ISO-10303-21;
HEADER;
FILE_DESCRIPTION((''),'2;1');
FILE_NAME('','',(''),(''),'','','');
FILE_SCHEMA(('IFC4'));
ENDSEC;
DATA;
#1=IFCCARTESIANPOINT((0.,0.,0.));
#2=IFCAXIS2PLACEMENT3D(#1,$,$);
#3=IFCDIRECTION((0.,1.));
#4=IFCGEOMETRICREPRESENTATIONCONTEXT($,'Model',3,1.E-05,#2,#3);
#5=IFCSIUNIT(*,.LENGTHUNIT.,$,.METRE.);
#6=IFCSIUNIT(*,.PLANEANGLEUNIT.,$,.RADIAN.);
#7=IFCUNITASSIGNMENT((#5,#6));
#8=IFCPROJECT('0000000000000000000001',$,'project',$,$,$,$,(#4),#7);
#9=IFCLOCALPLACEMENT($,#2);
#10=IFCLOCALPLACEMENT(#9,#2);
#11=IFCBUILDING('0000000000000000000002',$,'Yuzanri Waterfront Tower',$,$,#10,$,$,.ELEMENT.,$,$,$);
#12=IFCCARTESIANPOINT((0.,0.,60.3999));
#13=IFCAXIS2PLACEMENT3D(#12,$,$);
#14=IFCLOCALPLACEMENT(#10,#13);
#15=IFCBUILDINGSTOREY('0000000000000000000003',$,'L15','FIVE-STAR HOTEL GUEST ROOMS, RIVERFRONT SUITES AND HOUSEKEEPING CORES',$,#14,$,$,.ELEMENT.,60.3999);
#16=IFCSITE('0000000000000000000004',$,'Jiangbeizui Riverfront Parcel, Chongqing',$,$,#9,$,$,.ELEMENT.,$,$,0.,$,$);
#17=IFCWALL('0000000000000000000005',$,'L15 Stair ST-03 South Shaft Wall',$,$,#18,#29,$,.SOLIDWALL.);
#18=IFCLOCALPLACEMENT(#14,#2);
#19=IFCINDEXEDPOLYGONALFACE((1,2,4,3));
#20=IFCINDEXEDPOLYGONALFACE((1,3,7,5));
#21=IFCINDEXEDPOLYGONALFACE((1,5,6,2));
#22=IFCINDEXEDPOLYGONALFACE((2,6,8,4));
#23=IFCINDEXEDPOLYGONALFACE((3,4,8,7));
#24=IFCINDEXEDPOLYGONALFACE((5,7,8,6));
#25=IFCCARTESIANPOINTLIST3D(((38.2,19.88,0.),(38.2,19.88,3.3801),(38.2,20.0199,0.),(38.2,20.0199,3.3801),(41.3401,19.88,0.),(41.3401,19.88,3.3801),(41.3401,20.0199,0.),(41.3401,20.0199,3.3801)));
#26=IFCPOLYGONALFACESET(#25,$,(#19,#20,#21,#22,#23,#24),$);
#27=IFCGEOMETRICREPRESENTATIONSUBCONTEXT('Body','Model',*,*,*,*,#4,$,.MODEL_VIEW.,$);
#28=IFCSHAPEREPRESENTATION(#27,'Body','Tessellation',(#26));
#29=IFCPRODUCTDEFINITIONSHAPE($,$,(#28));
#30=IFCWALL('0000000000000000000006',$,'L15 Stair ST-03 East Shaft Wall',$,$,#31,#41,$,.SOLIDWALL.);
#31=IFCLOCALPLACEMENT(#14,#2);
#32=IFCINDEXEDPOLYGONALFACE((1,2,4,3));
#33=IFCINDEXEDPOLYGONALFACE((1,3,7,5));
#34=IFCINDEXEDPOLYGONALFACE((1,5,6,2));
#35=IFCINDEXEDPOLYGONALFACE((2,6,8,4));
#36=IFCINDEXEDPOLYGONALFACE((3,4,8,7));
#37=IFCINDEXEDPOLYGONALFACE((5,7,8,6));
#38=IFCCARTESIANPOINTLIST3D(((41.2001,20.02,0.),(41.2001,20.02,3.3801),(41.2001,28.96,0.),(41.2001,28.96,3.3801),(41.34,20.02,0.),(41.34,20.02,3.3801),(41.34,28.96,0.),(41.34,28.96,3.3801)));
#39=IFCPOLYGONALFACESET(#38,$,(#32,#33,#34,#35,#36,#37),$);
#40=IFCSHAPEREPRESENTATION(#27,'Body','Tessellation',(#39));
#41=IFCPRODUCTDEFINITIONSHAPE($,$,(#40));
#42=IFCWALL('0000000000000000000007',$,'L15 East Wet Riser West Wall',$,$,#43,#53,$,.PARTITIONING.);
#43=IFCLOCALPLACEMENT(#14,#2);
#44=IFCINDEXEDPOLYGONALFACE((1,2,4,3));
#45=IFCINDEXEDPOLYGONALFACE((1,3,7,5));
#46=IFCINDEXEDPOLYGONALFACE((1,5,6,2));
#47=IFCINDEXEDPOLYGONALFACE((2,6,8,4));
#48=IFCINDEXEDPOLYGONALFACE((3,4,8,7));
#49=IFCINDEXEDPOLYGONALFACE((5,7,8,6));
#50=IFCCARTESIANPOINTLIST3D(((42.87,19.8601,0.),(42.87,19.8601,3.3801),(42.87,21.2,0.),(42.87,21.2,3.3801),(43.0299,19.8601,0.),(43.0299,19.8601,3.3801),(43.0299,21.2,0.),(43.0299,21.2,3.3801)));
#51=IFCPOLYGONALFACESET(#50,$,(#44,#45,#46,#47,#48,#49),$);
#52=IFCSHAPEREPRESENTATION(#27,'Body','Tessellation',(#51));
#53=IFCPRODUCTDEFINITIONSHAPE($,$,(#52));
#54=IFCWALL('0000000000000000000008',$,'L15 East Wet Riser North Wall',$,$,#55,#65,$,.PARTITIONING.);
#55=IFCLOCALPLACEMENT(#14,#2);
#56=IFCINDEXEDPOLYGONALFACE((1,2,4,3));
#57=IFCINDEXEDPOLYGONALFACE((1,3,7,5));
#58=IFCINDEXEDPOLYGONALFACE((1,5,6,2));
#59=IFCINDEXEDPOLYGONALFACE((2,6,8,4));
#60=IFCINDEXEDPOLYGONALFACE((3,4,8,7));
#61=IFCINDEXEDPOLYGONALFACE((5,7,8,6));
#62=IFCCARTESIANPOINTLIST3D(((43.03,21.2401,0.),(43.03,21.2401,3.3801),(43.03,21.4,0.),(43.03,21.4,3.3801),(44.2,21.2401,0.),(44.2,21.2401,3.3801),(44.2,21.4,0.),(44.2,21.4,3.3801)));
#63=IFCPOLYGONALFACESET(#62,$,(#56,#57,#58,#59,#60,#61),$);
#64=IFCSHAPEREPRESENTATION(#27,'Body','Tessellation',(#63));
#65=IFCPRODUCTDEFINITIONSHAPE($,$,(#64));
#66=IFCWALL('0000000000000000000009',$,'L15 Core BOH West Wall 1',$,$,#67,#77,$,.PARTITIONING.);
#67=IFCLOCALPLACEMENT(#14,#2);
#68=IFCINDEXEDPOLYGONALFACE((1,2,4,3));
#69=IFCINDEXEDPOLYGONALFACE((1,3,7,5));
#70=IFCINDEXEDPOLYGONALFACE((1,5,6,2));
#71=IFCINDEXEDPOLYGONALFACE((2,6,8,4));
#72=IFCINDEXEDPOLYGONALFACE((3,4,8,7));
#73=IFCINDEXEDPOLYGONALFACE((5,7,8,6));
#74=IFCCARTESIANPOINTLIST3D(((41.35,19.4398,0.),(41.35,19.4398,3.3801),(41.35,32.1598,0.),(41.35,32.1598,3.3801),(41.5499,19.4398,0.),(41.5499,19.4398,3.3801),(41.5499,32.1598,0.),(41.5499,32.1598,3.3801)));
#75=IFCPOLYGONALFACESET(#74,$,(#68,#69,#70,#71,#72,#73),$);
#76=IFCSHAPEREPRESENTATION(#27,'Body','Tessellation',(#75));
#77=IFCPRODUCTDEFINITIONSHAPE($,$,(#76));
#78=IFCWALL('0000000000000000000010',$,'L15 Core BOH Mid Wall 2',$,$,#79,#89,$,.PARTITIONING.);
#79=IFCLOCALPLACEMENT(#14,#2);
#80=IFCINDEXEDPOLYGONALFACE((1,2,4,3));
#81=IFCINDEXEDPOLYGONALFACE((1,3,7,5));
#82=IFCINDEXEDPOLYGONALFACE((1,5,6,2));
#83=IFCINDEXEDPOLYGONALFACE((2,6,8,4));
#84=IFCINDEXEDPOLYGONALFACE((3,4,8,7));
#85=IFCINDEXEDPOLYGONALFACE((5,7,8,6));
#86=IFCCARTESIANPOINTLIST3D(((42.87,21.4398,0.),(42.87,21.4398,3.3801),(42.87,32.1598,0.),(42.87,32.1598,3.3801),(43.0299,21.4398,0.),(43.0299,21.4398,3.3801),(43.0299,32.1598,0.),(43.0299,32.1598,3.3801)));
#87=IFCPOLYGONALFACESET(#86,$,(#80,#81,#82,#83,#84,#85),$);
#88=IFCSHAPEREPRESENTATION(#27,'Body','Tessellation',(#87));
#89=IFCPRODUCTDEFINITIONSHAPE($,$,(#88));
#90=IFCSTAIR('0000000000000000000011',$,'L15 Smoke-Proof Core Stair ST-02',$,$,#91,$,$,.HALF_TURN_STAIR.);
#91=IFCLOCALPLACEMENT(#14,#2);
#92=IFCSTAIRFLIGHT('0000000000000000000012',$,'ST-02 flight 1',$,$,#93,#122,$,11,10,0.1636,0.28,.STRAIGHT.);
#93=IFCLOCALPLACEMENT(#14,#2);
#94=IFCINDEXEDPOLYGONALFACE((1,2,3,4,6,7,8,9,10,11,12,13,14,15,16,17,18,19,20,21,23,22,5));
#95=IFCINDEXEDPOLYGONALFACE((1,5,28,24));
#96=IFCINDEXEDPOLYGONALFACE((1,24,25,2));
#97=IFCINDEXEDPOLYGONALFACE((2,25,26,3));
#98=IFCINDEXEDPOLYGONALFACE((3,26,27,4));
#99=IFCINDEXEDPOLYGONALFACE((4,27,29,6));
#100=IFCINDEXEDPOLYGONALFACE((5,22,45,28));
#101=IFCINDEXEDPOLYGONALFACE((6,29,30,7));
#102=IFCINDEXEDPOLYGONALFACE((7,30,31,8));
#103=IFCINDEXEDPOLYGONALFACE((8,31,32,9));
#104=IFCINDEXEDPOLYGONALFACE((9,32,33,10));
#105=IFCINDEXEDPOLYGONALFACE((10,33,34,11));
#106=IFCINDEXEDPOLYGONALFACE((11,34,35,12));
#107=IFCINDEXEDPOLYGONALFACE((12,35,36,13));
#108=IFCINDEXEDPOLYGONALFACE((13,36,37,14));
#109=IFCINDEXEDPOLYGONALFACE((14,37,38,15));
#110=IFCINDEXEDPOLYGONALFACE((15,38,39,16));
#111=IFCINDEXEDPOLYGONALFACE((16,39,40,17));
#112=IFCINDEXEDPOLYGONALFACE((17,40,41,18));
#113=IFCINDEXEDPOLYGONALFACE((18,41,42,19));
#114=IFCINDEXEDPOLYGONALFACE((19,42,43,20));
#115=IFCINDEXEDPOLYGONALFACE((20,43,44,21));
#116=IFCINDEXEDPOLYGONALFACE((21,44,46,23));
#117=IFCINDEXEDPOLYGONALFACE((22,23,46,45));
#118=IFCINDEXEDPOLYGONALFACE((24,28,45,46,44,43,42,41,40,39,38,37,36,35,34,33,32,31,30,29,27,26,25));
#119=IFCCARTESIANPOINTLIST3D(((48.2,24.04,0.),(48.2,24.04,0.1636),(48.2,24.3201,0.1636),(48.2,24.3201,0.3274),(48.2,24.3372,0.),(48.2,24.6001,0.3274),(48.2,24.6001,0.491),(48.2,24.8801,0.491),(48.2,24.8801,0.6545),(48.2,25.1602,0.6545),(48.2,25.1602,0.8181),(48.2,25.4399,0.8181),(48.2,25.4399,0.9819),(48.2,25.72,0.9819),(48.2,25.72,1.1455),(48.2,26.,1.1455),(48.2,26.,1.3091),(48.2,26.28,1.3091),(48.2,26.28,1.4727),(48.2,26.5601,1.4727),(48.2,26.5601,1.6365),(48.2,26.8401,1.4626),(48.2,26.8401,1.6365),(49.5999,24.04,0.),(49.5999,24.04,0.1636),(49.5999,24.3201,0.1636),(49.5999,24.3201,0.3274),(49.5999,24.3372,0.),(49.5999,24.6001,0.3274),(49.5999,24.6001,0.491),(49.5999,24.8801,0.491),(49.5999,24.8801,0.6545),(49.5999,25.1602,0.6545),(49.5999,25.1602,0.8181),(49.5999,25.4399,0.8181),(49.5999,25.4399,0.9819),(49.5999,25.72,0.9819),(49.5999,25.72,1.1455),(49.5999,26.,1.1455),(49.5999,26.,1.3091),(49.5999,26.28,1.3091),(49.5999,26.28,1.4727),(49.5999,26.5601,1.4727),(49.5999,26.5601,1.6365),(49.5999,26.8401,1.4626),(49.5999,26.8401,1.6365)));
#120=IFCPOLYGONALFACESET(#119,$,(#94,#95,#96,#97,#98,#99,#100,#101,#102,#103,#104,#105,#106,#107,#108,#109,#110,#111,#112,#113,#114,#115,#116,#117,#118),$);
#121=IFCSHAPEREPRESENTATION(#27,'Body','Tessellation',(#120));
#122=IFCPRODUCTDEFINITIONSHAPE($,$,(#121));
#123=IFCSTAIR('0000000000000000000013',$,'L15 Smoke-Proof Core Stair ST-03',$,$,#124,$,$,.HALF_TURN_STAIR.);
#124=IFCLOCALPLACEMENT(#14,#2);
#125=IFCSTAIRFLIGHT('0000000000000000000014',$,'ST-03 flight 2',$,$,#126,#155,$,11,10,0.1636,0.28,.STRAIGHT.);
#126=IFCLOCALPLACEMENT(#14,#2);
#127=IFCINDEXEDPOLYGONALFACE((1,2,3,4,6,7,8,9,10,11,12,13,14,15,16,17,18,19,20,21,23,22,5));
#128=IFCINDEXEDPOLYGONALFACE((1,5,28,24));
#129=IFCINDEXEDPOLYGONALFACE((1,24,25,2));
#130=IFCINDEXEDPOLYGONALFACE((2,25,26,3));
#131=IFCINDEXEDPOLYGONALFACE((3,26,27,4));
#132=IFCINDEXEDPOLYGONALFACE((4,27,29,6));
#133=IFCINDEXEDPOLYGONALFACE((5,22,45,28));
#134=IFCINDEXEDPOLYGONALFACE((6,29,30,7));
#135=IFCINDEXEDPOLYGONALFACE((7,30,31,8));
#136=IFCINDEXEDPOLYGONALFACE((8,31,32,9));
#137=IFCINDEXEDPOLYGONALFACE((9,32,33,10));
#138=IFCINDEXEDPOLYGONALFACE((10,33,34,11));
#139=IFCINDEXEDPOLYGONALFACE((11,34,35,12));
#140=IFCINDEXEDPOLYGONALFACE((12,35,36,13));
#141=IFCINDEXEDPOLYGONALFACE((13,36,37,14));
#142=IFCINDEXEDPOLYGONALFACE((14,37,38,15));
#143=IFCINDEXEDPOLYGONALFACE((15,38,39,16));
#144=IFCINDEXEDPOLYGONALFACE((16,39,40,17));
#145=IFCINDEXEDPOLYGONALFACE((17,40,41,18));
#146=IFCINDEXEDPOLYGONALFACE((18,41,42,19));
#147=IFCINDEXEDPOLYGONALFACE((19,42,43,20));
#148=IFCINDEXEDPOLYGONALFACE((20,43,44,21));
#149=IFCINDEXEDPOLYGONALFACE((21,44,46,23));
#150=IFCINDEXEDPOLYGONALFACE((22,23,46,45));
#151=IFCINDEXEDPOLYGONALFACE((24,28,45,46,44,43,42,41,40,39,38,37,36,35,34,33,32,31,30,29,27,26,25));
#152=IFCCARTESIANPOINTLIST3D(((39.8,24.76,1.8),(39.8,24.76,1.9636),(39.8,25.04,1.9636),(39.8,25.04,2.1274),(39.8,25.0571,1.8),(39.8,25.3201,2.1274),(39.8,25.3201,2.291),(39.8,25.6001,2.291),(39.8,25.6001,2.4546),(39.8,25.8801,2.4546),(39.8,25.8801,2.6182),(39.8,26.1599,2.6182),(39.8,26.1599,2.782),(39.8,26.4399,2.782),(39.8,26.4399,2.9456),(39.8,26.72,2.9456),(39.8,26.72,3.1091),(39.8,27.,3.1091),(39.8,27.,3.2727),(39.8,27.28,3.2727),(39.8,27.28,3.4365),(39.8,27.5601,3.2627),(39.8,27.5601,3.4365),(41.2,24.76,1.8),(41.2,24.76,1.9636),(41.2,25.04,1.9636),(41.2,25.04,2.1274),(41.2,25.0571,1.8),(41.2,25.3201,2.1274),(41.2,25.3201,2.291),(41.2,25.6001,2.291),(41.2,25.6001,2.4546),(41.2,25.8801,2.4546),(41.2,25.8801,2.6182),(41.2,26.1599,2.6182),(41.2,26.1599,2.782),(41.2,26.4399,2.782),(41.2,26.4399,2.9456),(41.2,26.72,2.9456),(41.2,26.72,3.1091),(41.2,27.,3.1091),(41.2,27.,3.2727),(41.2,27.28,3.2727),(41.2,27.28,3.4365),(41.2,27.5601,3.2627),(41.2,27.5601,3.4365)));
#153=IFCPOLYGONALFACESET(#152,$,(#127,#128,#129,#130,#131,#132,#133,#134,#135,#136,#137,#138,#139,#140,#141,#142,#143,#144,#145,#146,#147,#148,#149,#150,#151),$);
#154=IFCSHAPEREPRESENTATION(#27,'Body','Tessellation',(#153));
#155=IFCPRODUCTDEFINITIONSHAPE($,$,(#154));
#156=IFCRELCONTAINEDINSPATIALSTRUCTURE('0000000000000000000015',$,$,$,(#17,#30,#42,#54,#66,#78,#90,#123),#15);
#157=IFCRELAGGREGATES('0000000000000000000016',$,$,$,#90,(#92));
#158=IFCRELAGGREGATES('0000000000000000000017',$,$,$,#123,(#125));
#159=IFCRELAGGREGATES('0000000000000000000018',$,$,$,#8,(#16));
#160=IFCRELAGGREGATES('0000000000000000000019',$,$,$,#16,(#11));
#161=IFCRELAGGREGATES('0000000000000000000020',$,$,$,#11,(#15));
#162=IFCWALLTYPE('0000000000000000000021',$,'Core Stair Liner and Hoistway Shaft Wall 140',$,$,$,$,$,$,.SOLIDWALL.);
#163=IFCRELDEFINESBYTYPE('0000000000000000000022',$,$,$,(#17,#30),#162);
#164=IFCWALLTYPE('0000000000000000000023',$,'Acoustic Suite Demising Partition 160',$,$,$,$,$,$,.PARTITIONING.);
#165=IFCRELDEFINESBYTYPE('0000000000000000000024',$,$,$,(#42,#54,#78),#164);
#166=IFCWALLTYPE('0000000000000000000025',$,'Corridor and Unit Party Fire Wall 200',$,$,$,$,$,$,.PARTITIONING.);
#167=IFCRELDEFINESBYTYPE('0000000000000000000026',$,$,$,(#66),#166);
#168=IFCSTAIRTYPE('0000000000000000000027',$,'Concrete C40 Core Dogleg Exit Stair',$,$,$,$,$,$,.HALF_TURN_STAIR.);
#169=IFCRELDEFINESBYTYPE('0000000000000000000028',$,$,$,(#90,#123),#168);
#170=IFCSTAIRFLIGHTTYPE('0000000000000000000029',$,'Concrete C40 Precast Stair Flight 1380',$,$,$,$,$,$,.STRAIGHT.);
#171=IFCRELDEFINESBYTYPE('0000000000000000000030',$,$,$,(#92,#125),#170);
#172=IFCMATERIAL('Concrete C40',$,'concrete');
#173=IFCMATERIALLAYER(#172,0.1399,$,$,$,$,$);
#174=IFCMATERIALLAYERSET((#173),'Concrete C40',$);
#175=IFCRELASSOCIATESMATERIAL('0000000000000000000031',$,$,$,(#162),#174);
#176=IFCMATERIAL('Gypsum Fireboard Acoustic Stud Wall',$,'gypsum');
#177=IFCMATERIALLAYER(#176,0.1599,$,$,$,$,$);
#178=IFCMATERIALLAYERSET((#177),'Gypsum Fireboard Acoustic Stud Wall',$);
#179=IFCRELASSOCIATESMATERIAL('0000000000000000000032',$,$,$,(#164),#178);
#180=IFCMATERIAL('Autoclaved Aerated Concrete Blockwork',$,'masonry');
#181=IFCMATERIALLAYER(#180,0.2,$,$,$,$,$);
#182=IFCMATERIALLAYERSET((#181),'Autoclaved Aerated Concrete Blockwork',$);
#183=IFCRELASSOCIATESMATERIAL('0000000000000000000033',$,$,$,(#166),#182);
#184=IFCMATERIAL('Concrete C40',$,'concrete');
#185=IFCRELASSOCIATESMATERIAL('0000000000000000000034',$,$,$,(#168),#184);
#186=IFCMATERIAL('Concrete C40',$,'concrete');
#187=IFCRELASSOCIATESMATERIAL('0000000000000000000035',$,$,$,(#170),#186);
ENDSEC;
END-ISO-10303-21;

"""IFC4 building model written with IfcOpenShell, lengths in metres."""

from ifc_helpers import new_model, si_unit, direction, frame, frame_2d, origin, place, context, subcontext, project, spatial, polyline, rectangle, outline, extrude, source, transform, mapped, material, layer, layer_set, type_object, element, aggregate, save


model = new_model("IFC4")

# Units and contexts
model_context = context("Model", 3, precision=1e-05, world=origin(), true_north=direction((0.0, 1.0)))
body_context = subcontext(model_context, "Body", "Model", "MODEL_VIEW")
ifc_project = project(units=[si_unit("LENGTHUNIT", "METRE"), si_unit("PLANEANGLEUNIT", "RADIAN")], contexts=[model_context])

# Site, building, storey
site_placement = place(None, origin())
site = spatial("IfcSite", under=ifc_project, at=site_placement, Name="Jiangbeizui Riverfront Parcel, Chongqing", CompositionType="ELEMENT", RefElevation=0.0)
building_placement = place(site_placement, origin())
building = spatial("IfcBuilding", under=site, at=building_placement, Name="Yuzanri Waterfront Tower", CompositionType="ELEMENT")
storey_placement = place(building_placement, frame((0.0, 0.0, 60.3999)))
storey = spatial("IfcBuildingStorey", under=building, at=storey_placement, Name="L15", Description="FIVE-STAR HOTEL GUEST ROOMS, RIVERFRONT SUITES AND HOUSEKEEPING CORES", CompositionType="ELEMENT", Elevation=60.3999)

# Shared definitions
ifc_material_1 = material(Name="Concrete C40", Category="concrete")
ifc_layer_1 = layer(ifc_material_1, 0.1399)
ifc_layer_set_1 = layer_set([ifc_layer_1], Name="Concrete C40")
wall_type_1 = type_object("IfcWallType", Name="Core Stair Liner and Hoistway Shaft Wall 140", PredefinedType="SOLIDWALL", material=ifc_layer_set_1)

# Walls
shared_shape_1 = source(origin(), body_context, "Body", "SweptSolid", [
    extrude(rectangle(XDim=3.1401, YDim=0.1399, at=frame_2d((1.5701, 0.0))), origin(), (0.0, 0.0, 1.0), 3.3801),
])
wall_1_placement = place(storey_placement, frame((38.2, 19.95, 0.0), z_axis=(0.0, 0.0, 1.0), x_axis=(1.0, 0.0, 0.0)))
element("IfcWall", 1, at=wall_1_placement, inside=storey, type_object=wall_type_1, Name="L15 Stair ST-03 South Shaft Wall", PredefinedType="SOLIDWALL", context=body_context, shape_type="MappedRepresentation", body=[
    mapped(shared_shape_1, transform((0.0, 0.0, 0.0), scale=1.0)),
])
shared_shape_2 = source(origin(), body_context, "Body", "SweptSolid", [
    extrude(rectangle(XDim=8.9399, YDim=0.1399, at=frame_2d((4.47, 0.0))), origin(), (0.0, 0.0, 1.0), 3.3801),
])
wall_2_placement = place(storey_placement, frame((41.27, 20.02, 0.0), z_axis=(0.0, 0.0, 1.0), x_axis=(0.0, 1.0, 0.0)))
element("IfcWall", 2, at=wall_2_placement, inside=storey, type_object=wall_type_1, Name="L15 Stair ST-03 East Shaft Wall", PredefinedType="SOLIDWALL", context=body_context, shape_type="MappedRepresentation", body=[
    mapped(shared_shape_2, transform((0.0, 0.0, 0.0), scale=1.0)),
])
ifc_material_2 = material(Name="Gypsum Fireboard Acoustic Stud Wall", Category="gypsum")
ifc_layer_2 = layer(ifc_material_2, 0.1599)
ifc_layer_set_2 = layer_set([ifc_layer_2], Name="Gypsum Fireboard Acoustic Stud Wall")
wall_type_2 = type_object("IfcWallType", Name="Acoustic Suite Demising Partition 160", PredefinedType="PARTITIONING", material=ifc_layer_set_2)
shared_shape_3 = source(origin(), body_context, "Body", "SweptSolid", [
    extrude(rectangle(XDim=1.3398, YDim=0.1599, at=frame_2d((0.6699, 0.0))), origin(), (0.0, 0.0, 1.0), 3.3801),
])
wall_3_placement = place(storey_placement, frame((42.95, 19.8601, 0.0), z_axis=(0.0, 0.0, 1.0), x_axis=(0.0, 1.0, 0.0)))
element("IfcWall", 3, at=wall_3_placement, inside=storey, type_object=wall_type_2, Name="L15 East Wet Riser West Wall", PredefinedType="PARTITIONING", context=body_context, shape_type="MappedRepresentation", body=[
    mapped(shared_shape_3, transform((0.0, 0.0, 0.0), scale=1.0)),
])
shared_shape_4 = source(origin(), body_context, "Body", "SweptSolid", [
    extrude(rectangle(XDim=1.1699, YDim=0.1599, at=frame_2d((0.585, 0.0))), origin(), (0.0, 0.0, 1.0), 3.3801),
])
wall_4_placement = place(storey_placement, frame((43.03, 21.3201, 0.0), z_axis=(0.0, 0.0, 1.0), x_axis=(1.0, 0.0, 0.0)))
element("IfcWall", 4, at=wall_4_placement, inside=storey, type_object=wall_type_2, Name="L15 East Wet Riser North Wall", PredefinedType="PARTITIONING", context=body_context, shape_type="MappedRepresentation", body=[
    mapped(shared_shape_4, transform((0.0, 0.0, 0.0), scale=1.0)),
])
ifc_material_3 = material(Name="Autoclaved Aerated Concrete Blockwork", Category="masonry")
ifc_layer_3 = layer(ifc_material_3, 0.2)
ifc_layer_set_3 = layer_set([ifc_layer_3], Name="Autoclaved Aerated Concrete Blockwork")
wall_type_3 = type_object("IfcWallType", Name="Corridor and Unit Party Fire Wall 200", PredefinedType="PARTITIONING", material=ifc_layer_set_3)
shared_shape_5 = source(origin(), body_context, "Body", "SweptSolid", [
    extrude(rectangle(XDim=12.72, YDim=0.2, at=frame_2d((6.3599, 0.0))), origin(), (0.0, 0.0, 1.0), 3.3801),
])
wall_5_placement = place(storey_placement, frame((41.45, 19.4399, 0.0), z_axis=(0.0, 0.0, 1.0), x_axis=(0.0, 1.0, 0.0)))
element("IfcWall", 5, at=wall_5_placement, inside=storey, type_object=wall_type_3, Name="L15 Core BOH West Wall 1", PredefinedType="PARTITIONING", context=body_context, shape_type="MappedRepresentation", body=[
    mapped(shared_shape_5, transform((0.0, 0.0, 0.0), scale=1.0)),
])
shared_shape_6 = source(origin(), body_context, "Body", "SweptSolid", [
    extrude(rectangle(XDim=10.72, YDim=0.1599, at=frame_2d((5.3599, 0.0))), origin(), (0.0, 0.0, 1.0), 3.3801),
])
wall_6_placement = place(storey_placement, frame((42.95, 21.4399, 0.0), z_axis=(0.0, 0.0, 1.0), x_axis=(0.0, 1.0, 0.0)))
element("IfcWall", 6, at=wall_6_placement, inside=storey, type_object=wall_type_2, Name="L15 Core BOH Mid Wall 2", PredefinedType="PARTITIONING", context=body_context, shape_type="MappedRepresentation", body=[
    mapped(shared_shape_6, transform((0.0, 0.0, 0.0), scale=1.0)),
])

# Stairs, stair flights
ifc_material_4 = material(Name="Concrete C40", Category="concrete")
stair_type = type_object("IfcStairType", Name="Concrete C40 Core Dogleg Exit Stair", PredefinedType="HALF_TURN_STAIR", material=ifc_material_4)
stair_1_placement = place(storey_placement, origin())
stair_1 = element("IfcStair", 7, at=stair_1_placement, inside=storey, type_object=stair_type, Name="L15 Smoke-Proof Core Stair ST-02", PredefinedType="HALF_TURN_STAIR")
ifc_material_5 = material(Name="Concrete C40", Category="concrete")
stair_flight_type = type_object("IfcStairFlightType", Name="Concrete C40 Precast Stair Flight 1380", PredefinedType="STRAIGHT", material=ifc_material_5)
shared_shape_7 = source(origin(), body_context, "Body", "SweptSolid", [
    extrude(outline(polyline([(0.0, 0.0), (0.0, 0.1636), (0.28, 0.1636), (0.28, 0.3274), (0.5601, 0.3274), (0.5601, 0.491), (0.8401, 0.491), (0.8401, 0.6545), (1.1201, 0.6545), (1.1201, 0.8181), (1.3999, 0.8181), (1.3999, 0.9819), (1.6799, 0.9819), (1.6799, 1.1455), (1.96, 1.1455), (1.96, 1.3091), (2.24, 1.3091), (2.24, 1.4727), (2.52, 1.4727), (2.52, 1.6365), (2.8, 1.6365), (2.8, 1.8), (2.8, 1.4626), (0.2971, 0.0), (0.0, 0.0)])), frame((0.0, 0.7, 0.0), z_axis=(0.0, -1.0, 0.0), x_axis=(1.0, 0.0, 0.0)), (0.0, 0.0, 1.0), 1.3999),
])
stair_flight_1_placement = place(storey_placement, frame((48.8999, 24.04, 0.0), z_axis=(0.0, 0.0, 1.0), x_axis=(0.0, 1.0, 0.0)))
stair_flight_1 = element("IfcStairFlight", 8, at=stair_flight_1_placement, type_object=stair_flight_type, Name="ST-02 flight 1", NumberOfRisers=11, NumberOfTreads=10, PredefinedType="STRAIGHT", RiserHeight=0.1636, TreadLength=0.28, context=body_context, shape_type="MappedRepresentation", body=[
    mapped(shared_shape_7, transform((0.0, 0.0, 0.0), scale=1.0)),
])
aggregate(stair_1, [stair_flight_1])
stair_2_placement = place(storey_placement, origin())
stair_2 = element("IfcStair", 9, at=stair_2_placement, inside=storey, type_object=stair_type, Name="L15 Smoke-Proof Core Stair ST-03", PredefinedType="HALF_TURN_STAIR")
stair_flight_2_placement = place(storey_placement, frame((40.5, 24.76, 1.8), z_axis=(0.0, 0.0, 1.0), x_axis=(0.0, 1.0, 0.0)))
stair_flight_2 = element("IfcStairFlight", 10, at=stair_flight_2_placement, type_object=stair_flight_type, Name="ST-03 flight 2", NumberOfRisers=11, NumberOfTreads=10, PredefinedType="STRAIGHT", RiserHeight=0.1636, TreadLength=0.28, context=body_context, shape_type="MappedRepresentation", body=[
    mapped(shared_shape_7, transform((0.0, 0.0, 0.0), scale=1.0)),
])
aggregate(stair_2, [stair_flight_2])

save(model, "model.ifc")
